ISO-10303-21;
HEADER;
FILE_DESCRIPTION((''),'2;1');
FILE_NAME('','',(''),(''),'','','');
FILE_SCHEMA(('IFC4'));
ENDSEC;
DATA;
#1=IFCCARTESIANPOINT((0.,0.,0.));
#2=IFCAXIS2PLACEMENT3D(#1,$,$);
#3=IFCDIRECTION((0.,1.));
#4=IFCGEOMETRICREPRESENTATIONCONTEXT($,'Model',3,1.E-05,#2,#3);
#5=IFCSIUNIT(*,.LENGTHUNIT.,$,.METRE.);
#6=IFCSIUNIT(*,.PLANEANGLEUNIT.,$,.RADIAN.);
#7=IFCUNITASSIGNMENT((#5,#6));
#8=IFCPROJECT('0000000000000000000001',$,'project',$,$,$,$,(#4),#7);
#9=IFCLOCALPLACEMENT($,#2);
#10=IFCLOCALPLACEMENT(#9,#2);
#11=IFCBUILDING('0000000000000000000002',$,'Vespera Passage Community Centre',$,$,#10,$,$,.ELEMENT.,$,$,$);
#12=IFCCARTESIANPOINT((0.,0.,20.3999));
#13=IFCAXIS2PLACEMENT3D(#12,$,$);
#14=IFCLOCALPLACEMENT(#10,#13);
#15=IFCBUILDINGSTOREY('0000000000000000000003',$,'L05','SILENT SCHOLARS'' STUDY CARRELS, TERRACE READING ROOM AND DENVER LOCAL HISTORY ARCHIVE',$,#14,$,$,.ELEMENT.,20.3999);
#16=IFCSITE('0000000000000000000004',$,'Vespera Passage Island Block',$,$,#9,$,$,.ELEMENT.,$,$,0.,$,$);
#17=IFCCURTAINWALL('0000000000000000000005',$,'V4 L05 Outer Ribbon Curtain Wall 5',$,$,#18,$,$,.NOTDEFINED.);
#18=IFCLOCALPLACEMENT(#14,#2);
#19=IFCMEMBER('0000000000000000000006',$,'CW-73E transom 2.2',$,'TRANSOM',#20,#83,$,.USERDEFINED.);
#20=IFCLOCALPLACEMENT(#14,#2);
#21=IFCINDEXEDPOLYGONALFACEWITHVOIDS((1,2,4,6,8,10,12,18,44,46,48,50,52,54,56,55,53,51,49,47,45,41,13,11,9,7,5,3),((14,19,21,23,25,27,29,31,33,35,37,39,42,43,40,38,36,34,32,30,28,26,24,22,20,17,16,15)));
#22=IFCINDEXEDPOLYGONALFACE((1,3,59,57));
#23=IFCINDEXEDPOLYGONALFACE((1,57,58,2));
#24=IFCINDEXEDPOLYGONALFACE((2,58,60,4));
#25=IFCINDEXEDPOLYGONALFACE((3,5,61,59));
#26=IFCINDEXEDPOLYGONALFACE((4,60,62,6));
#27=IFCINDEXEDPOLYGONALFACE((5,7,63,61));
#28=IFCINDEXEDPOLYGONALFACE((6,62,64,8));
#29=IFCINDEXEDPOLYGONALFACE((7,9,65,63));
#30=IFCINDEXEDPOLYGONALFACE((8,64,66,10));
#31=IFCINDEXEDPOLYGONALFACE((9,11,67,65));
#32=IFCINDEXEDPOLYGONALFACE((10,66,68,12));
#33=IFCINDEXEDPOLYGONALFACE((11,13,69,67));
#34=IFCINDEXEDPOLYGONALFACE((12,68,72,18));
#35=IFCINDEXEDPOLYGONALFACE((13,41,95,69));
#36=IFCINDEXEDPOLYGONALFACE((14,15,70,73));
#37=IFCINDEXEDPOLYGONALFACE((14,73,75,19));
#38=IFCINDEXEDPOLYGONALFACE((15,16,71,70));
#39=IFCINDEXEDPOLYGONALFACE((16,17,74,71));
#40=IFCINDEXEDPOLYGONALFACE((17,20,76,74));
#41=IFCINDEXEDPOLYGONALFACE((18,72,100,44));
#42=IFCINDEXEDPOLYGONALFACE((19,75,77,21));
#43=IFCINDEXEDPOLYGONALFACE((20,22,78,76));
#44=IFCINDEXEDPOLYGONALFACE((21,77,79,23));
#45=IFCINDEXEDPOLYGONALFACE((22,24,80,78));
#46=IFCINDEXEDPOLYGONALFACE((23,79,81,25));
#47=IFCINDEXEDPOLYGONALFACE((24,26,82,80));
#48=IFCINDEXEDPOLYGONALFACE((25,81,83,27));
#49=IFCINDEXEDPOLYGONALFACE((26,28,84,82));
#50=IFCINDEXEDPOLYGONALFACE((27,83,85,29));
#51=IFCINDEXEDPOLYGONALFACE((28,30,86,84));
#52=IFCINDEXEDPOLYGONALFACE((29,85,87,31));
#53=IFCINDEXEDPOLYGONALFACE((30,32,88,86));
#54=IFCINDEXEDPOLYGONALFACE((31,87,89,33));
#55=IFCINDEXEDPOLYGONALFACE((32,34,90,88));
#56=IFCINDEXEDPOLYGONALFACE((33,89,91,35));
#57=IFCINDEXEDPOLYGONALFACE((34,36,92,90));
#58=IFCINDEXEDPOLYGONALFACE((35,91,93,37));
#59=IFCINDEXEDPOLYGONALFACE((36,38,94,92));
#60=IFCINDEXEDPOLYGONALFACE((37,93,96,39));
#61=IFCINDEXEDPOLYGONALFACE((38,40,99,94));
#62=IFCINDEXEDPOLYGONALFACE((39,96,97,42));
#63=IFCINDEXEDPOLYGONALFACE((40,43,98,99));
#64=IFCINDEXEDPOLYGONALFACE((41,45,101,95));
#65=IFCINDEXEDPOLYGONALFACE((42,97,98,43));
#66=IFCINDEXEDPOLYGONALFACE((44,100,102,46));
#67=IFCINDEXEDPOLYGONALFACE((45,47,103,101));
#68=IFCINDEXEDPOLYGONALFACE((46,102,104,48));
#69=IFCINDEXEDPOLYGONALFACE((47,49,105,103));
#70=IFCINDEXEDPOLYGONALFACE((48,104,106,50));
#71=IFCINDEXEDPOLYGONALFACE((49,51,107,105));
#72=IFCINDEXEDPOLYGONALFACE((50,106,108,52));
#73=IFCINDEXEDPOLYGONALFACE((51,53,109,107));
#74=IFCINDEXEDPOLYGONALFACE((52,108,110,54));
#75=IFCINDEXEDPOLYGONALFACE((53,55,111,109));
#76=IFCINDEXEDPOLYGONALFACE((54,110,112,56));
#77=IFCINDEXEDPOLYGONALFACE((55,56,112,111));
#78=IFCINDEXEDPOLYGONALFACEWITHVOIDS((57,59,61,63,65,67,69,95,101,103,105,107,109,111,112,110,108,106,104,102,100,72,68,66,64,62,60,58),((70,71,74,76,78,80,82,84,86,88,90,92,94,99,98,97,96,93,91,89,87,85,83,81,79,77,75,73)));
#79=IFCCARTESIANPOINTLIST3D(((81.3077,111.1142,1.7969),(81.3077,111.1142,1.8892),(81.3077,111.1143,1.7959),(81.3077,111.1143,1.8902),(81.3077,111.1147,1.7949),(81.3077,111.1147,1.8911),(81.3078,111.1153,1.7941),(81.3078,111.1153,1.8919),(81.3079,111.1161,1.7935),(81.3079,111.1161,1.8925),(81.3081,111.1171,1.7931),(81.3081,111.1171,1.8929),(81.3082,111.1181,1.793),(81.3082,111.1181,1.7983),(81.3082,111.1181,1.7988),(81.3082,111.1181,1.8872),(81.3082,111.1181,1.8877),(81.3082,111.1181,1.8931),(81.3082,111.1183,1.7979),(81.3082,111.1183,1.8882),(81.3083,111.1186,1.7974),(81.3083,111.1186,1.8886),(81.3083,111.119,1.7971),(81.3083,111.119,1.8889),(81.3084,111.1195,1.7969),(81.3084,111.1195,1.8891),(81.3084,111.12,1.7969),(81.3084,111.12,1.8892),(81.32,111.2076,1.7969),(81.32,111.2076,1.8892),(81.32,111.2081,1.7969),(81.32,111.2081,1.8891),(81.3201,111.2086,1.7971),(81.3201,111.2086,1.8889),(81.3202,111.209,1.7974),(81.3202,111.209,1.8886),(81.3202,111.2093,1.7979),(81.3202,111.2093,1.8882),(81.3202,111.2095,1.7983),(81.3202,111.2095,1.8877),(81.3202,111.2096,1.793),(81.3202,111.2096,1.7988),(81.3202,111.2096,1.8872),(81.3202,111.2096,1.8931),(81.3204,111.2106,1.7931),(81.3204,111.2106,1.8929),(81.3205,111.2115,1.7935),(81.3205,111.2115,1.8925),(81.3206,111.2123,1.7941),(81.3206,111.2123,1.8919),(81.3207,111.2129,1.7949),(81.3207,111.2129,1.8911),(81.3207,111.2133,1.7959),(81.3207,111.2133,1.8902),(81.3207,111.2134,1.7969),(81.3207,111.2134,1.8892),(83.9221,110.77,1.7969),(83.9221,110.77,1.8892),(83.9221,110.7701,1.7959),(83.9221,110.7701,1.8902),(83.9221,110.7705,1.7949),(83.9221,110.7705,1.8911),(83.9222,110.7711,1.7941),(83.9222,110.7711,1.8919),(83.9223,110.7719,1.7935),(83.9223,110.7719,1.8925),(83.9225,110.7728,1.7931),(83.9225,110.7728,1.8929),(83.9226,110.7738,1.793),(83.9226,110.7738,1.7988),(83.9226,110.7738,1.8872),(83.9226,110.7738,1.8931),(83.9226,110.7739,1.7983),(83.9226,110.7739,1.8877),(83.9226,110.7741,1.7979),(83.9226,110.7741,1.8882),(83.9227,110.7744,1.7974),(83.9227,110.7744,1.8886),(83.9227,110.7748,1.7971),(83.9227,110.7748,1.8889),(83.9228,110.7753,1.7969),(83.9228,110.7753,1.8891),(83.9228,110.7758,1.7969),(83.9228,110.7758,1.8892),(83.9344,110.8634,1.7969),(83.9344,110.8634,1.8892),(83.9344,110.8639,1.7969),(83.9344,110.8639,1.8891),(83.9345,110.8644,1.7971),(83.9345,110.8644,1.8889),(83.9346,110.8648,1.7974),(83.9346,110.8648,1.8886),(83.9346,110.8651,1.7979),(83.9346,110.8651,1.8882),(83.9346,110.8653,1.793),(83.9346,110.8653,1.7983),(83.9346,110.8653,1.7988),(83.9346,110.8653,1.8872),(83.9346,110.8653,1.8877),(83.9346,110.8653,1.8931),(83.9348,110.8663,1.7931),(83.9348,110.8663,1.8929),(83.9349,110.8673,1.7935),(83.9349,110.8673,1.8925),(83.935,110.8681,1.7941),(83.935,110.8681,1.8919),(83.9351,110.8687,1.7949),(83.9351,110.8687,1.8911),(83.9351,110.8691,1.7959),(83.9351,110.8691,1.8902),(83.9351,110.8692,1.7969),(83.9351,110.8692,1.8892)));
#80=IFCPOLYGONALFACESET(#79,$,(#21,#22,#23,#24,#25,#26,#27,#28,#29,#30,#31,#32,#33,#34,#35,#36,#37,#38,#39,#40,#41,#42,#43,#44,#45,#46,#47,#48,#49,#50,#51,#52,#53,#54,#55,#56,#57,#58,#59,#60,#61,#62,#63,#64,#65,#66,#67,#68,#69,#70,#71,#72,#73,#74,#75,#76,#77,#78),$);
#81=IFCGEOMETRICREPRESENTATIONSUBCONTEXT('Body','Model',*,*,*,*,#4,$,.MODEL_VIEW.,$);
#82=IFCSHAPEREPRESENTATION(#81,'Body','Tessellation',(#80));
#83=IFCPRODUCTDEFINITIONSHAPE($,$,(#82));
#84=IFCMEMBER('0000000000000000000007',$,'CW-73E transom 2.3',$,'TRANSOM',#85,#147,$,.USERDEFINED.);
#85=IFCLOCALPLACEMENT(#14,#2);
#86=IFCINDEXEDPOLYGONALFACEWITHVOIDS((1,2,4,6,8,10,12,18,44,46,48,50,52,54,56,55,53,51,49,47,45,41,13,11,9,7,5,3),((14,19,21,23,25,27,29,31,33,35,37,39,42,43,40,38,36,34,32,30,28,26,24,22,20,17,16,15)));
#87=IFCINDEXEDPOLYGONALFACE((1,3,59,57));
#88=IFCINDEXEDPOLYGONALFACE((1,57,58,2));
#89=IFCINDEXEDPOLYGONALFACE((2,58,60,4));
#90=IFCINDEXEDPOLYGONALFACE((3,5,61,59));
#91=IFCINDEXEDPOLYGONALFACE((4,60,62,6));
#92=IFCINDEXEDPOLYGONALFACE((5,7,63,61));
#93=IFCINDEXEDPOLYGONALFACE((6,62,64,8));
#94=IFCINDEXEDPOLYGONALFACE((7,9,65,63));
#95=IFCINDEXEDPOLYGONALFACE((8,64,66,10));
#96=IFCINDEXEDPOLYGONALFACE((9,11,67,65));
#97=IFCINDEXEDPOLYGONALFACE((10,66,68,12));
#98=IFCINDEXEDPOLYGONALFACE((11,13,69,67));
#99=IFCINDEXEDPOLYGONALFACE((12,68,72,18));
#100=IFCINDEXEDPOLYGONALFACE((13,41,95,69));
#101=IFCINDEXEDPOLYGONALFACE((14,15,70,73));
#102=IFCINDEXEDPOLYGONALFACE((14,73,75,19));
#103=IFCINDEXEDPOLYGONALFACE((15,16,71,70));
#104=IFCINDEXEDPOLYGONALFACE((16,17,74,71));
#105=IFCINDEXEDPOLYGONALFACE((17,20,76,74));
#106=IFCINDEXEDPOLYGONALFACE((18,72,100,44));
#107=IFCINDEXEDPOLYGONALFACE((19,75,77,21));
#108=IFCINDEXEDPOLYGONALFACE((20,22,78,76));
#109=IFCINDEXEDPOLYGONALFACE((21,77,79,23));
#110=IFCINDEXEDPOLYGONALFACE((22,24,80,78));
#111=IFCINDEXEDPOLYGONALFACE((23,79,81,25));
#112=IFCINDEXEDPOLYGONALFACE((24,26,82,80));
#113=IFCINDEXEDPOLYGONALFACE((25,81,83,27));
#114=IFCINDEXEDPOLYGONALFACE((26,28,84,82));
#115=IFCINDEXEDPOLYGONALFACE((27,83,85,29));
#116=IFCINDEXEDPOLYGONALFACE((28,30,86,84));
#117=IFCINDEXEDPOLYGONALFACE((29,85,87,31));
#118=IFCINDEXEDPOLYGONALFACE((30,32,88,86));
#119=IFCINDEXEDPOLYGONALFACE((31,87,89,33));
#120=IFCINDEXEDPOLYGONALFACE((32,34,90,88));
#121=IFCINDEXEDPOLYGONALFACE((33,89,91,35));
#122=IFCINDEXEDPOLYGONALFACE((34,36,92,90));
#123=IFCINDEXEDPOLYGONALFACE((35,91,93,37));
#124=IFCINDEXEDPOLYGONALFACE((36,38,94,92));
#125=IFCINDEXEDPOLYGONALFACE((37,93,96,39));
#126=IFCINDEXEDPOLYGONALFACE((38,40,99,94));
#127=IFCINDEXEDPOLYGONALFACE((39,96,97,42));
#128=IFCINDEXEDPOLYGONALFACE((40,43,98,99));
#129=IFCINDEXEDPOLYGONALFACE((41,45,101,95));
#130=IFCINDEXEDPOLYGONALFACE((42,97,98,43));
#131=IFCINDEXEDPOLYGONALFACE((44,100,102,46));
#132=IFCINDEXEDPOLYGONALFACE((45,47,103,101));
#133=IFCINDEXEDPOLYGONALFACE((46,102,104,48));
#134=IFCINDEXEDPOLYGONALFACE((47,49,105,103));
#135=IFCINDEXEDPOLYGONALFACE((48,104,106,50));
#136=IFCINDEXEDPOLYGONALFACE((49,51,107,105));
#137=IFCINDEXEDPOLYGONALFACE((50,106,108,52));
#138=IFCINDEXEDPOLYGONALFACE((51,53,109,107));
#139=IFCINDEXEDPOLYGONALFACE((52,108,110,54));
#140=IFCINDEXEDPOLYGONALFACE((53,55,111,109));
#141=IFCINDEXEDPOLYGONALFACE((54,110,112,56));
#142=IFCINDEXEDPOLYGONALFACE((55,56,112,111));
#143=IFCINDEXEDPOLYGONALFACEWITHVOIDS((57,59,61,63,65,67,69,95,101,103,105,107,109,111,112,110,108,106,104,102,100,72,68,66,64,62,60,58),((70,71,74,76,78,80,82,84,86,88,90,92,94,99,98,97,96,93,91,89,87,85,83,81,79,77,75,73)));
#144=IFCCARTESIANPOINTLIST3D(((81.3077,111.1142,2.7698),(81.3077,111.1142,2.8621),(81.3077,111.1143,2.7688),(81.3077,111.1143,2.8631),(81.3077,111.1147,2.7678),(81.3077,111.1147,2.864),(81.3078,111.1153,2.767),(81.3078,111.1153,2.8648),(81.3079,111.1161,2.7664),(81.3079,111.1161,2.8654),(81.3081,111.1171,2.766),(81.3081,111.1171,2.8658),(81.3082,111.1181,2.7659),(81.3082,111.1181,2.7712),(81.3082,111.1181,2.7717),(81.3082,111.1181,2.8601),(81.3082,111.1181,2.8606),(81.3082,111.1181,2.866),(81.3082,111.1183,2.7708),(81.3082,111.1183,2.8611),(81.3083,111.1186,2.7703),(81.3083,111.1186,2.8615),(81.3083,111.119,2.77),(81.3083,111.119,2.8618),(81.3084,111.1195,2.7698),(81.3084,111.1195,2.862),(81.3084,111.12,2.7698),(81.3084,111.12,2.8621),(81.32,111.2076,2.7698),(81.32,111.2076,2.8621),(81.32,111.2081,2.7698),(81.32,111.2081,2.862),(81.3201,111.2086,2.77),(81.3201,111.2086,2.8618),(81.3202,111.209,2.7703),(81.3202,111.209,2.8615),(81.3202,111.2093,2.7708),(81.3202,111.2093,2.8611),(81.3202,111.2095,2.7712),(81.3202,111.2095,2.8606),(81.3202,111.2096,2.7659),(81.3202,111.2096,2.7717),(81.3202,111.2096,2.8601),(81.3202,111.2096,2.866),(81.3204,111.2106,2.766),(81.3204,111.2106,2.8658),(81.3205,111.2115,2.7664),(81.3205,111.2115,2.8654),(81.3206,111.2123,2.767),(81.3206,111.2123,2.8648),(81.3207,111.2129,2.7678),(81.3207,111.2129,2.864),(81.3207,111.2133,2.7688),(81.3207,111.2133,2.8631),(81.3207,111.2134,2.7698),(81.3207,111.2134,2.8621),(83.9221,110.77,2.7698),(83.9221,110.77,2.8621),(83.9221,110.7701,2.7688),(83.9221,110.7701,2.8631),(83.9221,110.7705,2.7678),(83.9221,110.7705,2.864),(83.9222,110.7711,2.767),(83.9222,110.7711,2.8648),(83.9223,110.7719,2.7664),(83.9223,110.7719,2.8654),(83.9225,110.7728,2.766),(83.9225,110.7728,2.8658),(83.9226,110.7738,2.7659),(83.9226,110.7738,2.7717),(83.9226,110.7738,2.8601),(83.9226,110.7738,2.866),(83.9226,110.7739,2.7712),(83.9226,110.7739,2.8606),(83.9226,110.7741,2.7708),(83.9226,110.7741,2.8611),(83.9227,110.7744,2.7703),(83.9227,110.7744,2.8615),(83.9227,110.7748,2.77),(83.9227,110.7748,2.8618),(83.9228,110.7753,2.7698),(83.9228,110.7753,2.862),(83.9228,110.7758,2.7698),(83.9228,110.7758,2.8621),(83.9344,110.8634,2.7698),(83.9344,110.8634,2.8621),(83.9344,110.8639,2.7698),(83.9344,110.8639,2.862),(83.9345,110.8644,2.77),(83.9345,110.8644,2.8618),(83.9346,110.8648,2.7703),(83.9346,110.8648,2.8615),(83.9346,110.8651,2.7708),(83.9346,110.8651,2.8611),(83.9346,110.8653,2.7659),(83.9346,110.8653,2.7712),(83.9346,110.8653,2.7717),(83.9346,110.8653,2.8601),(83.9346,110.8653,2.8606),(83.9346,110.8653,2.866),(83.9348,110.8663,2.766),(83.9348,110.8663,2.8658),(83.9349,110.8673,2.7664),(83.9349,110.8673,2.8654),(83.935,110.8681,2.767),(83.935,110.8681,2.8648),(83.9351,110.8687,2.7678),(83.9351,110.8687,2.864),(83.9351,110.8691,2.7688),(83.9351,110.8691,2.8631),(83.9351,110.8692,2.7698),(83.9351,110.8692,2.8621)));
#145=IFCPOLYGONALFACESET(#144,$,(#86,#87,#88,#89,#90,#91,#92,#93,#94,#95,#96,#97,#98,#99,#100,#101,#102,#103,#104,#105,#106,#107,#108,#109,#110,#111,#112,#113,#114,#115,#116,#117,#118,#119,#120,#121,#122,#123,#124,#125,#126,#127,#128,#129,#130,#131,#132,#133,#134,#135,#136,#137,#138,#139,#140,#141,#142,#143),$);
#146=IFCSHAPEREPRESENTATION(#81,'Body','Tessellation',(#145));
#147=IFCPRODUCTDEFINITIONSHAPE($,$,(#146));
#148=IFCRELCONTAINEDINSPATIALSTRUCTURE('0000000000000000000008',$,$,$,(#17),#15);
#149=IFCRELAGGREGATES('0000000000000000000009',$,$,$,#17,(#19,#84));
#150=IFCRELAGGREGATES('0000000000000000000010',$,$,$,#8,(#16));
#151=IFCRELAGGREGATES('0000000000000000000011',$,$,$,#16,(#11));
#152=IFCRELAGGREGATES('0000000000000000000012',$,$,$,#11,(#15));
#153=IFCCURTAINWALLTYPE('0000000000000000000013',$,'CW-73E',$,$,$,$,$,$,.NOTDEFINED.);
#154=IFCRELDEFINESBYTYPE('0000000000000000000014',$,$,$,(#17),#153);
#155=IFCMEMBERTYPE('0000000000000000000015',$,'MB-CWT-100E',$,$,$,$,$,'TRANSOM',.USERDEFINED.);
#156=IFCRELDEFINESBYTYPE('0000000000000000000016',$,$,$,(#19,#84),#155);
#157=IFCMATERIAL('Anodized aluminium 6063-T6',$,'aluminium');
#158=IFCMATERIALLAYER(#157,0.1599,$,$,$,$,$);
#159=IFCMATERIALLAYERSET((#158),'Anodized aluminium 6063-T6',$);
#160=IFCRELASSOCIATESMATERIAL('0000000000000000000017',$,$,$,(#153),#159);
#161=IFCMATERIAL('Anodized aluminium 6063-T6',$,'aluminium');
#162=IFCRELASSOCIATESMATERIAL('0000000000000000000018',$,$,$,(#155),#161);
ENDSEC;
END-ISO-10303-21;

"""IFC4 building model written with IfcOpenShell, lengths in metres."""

from ifc_helpers import new_model, si_unit, direction, frame, origin, origin_2d, place, context, subcontext, project, spatial, hollow_rectangle, extrude, material, layer, layer_set, material_profile, profile_set, type_object, element, aggregate, save


model = new_model("IFC4")

# Units and contexts
model_context = context("Model", 3, precision=1e-05, world=origin(), true_north=direction((0.0, 1.0)))
body_context = subcontext(model_context, "Body", "Model", "MODEL_VIEW")
ifc_project = project(units=[si_unit("LENGTHUNIT", "METRE"), si_unit("PLANEANGLEUNIT", "RADIAN")], contexts=[model_context])

# Site, building, storey
site_placement = place(None, origin())
site = spatial("IfcSite", under=ifc_project, at=site_placement, Name="Vespera Passage Island Block", CompositionType="ELEMENT", RefElevation=0.0)
building_placement = place(site_placement, origin())
building = spatial("IfcBuilding", under=site, at=building_placement, Name="Vespera Passage Community Centre", CompositionType="ELEMENT")
storey_placement = place(building_placement, frame((0.0, 0.0, 20.3999)))
storey = spatial("IfcBuildingStorey", under=building, at=storey_placement, Name="L05", Description="SILENT SCHOLARS' STUDY CARRELS, TERRACE READING ROOM AND DENVER LOCAL HISTORY ARCHIVE", CompositionType="ELEMENT", Elevation=20.3999)

# Curtain wall, members
ifc_material_1 = material(Name="Anodized aluminium 6063-T6", Category="aluminium")
ifc_layer_1 = layer(ifc_material_1, 0.1599)
ifc_layer_set_1 = layer_set([ifc_layer_1], Name="Anodized aluminium 6063-T6")
curtain_wall_type_1 = type_object("IfcCurtainWallType", Name="CW-73E", PredefinedType="NOTDEFINED", material=ifc_layer_set_1)
curtain_wall_1_placement = place(storey_placement, origin())
curtain_wall_1 = element("IfcCurtainWall", 1, at=curtain_wall_1_placement, inside=storey, type_object=curtain_wall_type_1, Name="V4 L05 Outer Ribbon Curtain Wall 5", PredefinedType="NOTDEFINED")
ifc_material_2 = material(Name="Anodized aluminium 6063-T6", Category="aluminium")
ifc_material_profile_1 = material_profile(ifc_material_2, hollow_rectangle(XDim=0.1001, YDim=0.1001, WallThickness=0.0039, InnerFilletRadius=0.002, OuterFilletRadius=0.0039, at=origin_2d()), Name="ALU100X100X4")
ifc_profile_set_1 = profile_set([ifc_material_profile_1], Name="Anodized aluminium 6063-T6")
member_type_1 = type_object("IfcMemberType", Name="MB-CWT-100E", ElementType="TRANSOM", PredefinedType="USERDEFINED", material=ifc_profile_set_1)
member_1_placement = place(storey_placement, frame((81.3142, 111.1638, 1.843), z_axis=(0.991443, -0.130538, 0.0), x_axis=(0.130538, 0.991443, 0.0)))
member_1 = element("IfcMember", 2, at=member_1_placement, type_object=member_type_1, Name="CW-73E transom 2.2", ObjectType="TRANSOM", PredefinedType="USERDEFINED", context=body_context, shape_type="SweptSolid", body=[
    extrude(hollow_rectangle(XDim=0.1001, YDim=0.1001, WallThickness=0.0039, InnerFilletRadius=0.002, OuterFilletRadius=0.0039, at=origin_2d()), origin(), (0.0, 0.0, 1.0), 2.637),
])
member_2_placement = place(storey_placement, frame((81.3142, 111.1638, 2.8159), z_axis=(0.991443, -0.130538, 0.0), x_axis=(0.130538, 0.991443, 0.0)))
member_2 = element("IfcMember", 3, at=member_2_placement, type_object=member_type_1, Name="CW-73E transom 2.3", ObjectType="TRANSOM", PredefinedType="USERDEFINED", context=body_context, shape_type="SweptSolid", body=[
    extrude(hollow_rectangle(XDim=0.1001, YDim=0.1001, WallThickness=0.0039, InnerFilletRadius=0.002, OuterFilletRadius=0.0039, at=origin_2d()), origin(), (0.0, 0.0, 1.0), 2.637),
])

aggregate(curtain_wall_1, [member_1, member_2])

save(model, "model.ifc")
